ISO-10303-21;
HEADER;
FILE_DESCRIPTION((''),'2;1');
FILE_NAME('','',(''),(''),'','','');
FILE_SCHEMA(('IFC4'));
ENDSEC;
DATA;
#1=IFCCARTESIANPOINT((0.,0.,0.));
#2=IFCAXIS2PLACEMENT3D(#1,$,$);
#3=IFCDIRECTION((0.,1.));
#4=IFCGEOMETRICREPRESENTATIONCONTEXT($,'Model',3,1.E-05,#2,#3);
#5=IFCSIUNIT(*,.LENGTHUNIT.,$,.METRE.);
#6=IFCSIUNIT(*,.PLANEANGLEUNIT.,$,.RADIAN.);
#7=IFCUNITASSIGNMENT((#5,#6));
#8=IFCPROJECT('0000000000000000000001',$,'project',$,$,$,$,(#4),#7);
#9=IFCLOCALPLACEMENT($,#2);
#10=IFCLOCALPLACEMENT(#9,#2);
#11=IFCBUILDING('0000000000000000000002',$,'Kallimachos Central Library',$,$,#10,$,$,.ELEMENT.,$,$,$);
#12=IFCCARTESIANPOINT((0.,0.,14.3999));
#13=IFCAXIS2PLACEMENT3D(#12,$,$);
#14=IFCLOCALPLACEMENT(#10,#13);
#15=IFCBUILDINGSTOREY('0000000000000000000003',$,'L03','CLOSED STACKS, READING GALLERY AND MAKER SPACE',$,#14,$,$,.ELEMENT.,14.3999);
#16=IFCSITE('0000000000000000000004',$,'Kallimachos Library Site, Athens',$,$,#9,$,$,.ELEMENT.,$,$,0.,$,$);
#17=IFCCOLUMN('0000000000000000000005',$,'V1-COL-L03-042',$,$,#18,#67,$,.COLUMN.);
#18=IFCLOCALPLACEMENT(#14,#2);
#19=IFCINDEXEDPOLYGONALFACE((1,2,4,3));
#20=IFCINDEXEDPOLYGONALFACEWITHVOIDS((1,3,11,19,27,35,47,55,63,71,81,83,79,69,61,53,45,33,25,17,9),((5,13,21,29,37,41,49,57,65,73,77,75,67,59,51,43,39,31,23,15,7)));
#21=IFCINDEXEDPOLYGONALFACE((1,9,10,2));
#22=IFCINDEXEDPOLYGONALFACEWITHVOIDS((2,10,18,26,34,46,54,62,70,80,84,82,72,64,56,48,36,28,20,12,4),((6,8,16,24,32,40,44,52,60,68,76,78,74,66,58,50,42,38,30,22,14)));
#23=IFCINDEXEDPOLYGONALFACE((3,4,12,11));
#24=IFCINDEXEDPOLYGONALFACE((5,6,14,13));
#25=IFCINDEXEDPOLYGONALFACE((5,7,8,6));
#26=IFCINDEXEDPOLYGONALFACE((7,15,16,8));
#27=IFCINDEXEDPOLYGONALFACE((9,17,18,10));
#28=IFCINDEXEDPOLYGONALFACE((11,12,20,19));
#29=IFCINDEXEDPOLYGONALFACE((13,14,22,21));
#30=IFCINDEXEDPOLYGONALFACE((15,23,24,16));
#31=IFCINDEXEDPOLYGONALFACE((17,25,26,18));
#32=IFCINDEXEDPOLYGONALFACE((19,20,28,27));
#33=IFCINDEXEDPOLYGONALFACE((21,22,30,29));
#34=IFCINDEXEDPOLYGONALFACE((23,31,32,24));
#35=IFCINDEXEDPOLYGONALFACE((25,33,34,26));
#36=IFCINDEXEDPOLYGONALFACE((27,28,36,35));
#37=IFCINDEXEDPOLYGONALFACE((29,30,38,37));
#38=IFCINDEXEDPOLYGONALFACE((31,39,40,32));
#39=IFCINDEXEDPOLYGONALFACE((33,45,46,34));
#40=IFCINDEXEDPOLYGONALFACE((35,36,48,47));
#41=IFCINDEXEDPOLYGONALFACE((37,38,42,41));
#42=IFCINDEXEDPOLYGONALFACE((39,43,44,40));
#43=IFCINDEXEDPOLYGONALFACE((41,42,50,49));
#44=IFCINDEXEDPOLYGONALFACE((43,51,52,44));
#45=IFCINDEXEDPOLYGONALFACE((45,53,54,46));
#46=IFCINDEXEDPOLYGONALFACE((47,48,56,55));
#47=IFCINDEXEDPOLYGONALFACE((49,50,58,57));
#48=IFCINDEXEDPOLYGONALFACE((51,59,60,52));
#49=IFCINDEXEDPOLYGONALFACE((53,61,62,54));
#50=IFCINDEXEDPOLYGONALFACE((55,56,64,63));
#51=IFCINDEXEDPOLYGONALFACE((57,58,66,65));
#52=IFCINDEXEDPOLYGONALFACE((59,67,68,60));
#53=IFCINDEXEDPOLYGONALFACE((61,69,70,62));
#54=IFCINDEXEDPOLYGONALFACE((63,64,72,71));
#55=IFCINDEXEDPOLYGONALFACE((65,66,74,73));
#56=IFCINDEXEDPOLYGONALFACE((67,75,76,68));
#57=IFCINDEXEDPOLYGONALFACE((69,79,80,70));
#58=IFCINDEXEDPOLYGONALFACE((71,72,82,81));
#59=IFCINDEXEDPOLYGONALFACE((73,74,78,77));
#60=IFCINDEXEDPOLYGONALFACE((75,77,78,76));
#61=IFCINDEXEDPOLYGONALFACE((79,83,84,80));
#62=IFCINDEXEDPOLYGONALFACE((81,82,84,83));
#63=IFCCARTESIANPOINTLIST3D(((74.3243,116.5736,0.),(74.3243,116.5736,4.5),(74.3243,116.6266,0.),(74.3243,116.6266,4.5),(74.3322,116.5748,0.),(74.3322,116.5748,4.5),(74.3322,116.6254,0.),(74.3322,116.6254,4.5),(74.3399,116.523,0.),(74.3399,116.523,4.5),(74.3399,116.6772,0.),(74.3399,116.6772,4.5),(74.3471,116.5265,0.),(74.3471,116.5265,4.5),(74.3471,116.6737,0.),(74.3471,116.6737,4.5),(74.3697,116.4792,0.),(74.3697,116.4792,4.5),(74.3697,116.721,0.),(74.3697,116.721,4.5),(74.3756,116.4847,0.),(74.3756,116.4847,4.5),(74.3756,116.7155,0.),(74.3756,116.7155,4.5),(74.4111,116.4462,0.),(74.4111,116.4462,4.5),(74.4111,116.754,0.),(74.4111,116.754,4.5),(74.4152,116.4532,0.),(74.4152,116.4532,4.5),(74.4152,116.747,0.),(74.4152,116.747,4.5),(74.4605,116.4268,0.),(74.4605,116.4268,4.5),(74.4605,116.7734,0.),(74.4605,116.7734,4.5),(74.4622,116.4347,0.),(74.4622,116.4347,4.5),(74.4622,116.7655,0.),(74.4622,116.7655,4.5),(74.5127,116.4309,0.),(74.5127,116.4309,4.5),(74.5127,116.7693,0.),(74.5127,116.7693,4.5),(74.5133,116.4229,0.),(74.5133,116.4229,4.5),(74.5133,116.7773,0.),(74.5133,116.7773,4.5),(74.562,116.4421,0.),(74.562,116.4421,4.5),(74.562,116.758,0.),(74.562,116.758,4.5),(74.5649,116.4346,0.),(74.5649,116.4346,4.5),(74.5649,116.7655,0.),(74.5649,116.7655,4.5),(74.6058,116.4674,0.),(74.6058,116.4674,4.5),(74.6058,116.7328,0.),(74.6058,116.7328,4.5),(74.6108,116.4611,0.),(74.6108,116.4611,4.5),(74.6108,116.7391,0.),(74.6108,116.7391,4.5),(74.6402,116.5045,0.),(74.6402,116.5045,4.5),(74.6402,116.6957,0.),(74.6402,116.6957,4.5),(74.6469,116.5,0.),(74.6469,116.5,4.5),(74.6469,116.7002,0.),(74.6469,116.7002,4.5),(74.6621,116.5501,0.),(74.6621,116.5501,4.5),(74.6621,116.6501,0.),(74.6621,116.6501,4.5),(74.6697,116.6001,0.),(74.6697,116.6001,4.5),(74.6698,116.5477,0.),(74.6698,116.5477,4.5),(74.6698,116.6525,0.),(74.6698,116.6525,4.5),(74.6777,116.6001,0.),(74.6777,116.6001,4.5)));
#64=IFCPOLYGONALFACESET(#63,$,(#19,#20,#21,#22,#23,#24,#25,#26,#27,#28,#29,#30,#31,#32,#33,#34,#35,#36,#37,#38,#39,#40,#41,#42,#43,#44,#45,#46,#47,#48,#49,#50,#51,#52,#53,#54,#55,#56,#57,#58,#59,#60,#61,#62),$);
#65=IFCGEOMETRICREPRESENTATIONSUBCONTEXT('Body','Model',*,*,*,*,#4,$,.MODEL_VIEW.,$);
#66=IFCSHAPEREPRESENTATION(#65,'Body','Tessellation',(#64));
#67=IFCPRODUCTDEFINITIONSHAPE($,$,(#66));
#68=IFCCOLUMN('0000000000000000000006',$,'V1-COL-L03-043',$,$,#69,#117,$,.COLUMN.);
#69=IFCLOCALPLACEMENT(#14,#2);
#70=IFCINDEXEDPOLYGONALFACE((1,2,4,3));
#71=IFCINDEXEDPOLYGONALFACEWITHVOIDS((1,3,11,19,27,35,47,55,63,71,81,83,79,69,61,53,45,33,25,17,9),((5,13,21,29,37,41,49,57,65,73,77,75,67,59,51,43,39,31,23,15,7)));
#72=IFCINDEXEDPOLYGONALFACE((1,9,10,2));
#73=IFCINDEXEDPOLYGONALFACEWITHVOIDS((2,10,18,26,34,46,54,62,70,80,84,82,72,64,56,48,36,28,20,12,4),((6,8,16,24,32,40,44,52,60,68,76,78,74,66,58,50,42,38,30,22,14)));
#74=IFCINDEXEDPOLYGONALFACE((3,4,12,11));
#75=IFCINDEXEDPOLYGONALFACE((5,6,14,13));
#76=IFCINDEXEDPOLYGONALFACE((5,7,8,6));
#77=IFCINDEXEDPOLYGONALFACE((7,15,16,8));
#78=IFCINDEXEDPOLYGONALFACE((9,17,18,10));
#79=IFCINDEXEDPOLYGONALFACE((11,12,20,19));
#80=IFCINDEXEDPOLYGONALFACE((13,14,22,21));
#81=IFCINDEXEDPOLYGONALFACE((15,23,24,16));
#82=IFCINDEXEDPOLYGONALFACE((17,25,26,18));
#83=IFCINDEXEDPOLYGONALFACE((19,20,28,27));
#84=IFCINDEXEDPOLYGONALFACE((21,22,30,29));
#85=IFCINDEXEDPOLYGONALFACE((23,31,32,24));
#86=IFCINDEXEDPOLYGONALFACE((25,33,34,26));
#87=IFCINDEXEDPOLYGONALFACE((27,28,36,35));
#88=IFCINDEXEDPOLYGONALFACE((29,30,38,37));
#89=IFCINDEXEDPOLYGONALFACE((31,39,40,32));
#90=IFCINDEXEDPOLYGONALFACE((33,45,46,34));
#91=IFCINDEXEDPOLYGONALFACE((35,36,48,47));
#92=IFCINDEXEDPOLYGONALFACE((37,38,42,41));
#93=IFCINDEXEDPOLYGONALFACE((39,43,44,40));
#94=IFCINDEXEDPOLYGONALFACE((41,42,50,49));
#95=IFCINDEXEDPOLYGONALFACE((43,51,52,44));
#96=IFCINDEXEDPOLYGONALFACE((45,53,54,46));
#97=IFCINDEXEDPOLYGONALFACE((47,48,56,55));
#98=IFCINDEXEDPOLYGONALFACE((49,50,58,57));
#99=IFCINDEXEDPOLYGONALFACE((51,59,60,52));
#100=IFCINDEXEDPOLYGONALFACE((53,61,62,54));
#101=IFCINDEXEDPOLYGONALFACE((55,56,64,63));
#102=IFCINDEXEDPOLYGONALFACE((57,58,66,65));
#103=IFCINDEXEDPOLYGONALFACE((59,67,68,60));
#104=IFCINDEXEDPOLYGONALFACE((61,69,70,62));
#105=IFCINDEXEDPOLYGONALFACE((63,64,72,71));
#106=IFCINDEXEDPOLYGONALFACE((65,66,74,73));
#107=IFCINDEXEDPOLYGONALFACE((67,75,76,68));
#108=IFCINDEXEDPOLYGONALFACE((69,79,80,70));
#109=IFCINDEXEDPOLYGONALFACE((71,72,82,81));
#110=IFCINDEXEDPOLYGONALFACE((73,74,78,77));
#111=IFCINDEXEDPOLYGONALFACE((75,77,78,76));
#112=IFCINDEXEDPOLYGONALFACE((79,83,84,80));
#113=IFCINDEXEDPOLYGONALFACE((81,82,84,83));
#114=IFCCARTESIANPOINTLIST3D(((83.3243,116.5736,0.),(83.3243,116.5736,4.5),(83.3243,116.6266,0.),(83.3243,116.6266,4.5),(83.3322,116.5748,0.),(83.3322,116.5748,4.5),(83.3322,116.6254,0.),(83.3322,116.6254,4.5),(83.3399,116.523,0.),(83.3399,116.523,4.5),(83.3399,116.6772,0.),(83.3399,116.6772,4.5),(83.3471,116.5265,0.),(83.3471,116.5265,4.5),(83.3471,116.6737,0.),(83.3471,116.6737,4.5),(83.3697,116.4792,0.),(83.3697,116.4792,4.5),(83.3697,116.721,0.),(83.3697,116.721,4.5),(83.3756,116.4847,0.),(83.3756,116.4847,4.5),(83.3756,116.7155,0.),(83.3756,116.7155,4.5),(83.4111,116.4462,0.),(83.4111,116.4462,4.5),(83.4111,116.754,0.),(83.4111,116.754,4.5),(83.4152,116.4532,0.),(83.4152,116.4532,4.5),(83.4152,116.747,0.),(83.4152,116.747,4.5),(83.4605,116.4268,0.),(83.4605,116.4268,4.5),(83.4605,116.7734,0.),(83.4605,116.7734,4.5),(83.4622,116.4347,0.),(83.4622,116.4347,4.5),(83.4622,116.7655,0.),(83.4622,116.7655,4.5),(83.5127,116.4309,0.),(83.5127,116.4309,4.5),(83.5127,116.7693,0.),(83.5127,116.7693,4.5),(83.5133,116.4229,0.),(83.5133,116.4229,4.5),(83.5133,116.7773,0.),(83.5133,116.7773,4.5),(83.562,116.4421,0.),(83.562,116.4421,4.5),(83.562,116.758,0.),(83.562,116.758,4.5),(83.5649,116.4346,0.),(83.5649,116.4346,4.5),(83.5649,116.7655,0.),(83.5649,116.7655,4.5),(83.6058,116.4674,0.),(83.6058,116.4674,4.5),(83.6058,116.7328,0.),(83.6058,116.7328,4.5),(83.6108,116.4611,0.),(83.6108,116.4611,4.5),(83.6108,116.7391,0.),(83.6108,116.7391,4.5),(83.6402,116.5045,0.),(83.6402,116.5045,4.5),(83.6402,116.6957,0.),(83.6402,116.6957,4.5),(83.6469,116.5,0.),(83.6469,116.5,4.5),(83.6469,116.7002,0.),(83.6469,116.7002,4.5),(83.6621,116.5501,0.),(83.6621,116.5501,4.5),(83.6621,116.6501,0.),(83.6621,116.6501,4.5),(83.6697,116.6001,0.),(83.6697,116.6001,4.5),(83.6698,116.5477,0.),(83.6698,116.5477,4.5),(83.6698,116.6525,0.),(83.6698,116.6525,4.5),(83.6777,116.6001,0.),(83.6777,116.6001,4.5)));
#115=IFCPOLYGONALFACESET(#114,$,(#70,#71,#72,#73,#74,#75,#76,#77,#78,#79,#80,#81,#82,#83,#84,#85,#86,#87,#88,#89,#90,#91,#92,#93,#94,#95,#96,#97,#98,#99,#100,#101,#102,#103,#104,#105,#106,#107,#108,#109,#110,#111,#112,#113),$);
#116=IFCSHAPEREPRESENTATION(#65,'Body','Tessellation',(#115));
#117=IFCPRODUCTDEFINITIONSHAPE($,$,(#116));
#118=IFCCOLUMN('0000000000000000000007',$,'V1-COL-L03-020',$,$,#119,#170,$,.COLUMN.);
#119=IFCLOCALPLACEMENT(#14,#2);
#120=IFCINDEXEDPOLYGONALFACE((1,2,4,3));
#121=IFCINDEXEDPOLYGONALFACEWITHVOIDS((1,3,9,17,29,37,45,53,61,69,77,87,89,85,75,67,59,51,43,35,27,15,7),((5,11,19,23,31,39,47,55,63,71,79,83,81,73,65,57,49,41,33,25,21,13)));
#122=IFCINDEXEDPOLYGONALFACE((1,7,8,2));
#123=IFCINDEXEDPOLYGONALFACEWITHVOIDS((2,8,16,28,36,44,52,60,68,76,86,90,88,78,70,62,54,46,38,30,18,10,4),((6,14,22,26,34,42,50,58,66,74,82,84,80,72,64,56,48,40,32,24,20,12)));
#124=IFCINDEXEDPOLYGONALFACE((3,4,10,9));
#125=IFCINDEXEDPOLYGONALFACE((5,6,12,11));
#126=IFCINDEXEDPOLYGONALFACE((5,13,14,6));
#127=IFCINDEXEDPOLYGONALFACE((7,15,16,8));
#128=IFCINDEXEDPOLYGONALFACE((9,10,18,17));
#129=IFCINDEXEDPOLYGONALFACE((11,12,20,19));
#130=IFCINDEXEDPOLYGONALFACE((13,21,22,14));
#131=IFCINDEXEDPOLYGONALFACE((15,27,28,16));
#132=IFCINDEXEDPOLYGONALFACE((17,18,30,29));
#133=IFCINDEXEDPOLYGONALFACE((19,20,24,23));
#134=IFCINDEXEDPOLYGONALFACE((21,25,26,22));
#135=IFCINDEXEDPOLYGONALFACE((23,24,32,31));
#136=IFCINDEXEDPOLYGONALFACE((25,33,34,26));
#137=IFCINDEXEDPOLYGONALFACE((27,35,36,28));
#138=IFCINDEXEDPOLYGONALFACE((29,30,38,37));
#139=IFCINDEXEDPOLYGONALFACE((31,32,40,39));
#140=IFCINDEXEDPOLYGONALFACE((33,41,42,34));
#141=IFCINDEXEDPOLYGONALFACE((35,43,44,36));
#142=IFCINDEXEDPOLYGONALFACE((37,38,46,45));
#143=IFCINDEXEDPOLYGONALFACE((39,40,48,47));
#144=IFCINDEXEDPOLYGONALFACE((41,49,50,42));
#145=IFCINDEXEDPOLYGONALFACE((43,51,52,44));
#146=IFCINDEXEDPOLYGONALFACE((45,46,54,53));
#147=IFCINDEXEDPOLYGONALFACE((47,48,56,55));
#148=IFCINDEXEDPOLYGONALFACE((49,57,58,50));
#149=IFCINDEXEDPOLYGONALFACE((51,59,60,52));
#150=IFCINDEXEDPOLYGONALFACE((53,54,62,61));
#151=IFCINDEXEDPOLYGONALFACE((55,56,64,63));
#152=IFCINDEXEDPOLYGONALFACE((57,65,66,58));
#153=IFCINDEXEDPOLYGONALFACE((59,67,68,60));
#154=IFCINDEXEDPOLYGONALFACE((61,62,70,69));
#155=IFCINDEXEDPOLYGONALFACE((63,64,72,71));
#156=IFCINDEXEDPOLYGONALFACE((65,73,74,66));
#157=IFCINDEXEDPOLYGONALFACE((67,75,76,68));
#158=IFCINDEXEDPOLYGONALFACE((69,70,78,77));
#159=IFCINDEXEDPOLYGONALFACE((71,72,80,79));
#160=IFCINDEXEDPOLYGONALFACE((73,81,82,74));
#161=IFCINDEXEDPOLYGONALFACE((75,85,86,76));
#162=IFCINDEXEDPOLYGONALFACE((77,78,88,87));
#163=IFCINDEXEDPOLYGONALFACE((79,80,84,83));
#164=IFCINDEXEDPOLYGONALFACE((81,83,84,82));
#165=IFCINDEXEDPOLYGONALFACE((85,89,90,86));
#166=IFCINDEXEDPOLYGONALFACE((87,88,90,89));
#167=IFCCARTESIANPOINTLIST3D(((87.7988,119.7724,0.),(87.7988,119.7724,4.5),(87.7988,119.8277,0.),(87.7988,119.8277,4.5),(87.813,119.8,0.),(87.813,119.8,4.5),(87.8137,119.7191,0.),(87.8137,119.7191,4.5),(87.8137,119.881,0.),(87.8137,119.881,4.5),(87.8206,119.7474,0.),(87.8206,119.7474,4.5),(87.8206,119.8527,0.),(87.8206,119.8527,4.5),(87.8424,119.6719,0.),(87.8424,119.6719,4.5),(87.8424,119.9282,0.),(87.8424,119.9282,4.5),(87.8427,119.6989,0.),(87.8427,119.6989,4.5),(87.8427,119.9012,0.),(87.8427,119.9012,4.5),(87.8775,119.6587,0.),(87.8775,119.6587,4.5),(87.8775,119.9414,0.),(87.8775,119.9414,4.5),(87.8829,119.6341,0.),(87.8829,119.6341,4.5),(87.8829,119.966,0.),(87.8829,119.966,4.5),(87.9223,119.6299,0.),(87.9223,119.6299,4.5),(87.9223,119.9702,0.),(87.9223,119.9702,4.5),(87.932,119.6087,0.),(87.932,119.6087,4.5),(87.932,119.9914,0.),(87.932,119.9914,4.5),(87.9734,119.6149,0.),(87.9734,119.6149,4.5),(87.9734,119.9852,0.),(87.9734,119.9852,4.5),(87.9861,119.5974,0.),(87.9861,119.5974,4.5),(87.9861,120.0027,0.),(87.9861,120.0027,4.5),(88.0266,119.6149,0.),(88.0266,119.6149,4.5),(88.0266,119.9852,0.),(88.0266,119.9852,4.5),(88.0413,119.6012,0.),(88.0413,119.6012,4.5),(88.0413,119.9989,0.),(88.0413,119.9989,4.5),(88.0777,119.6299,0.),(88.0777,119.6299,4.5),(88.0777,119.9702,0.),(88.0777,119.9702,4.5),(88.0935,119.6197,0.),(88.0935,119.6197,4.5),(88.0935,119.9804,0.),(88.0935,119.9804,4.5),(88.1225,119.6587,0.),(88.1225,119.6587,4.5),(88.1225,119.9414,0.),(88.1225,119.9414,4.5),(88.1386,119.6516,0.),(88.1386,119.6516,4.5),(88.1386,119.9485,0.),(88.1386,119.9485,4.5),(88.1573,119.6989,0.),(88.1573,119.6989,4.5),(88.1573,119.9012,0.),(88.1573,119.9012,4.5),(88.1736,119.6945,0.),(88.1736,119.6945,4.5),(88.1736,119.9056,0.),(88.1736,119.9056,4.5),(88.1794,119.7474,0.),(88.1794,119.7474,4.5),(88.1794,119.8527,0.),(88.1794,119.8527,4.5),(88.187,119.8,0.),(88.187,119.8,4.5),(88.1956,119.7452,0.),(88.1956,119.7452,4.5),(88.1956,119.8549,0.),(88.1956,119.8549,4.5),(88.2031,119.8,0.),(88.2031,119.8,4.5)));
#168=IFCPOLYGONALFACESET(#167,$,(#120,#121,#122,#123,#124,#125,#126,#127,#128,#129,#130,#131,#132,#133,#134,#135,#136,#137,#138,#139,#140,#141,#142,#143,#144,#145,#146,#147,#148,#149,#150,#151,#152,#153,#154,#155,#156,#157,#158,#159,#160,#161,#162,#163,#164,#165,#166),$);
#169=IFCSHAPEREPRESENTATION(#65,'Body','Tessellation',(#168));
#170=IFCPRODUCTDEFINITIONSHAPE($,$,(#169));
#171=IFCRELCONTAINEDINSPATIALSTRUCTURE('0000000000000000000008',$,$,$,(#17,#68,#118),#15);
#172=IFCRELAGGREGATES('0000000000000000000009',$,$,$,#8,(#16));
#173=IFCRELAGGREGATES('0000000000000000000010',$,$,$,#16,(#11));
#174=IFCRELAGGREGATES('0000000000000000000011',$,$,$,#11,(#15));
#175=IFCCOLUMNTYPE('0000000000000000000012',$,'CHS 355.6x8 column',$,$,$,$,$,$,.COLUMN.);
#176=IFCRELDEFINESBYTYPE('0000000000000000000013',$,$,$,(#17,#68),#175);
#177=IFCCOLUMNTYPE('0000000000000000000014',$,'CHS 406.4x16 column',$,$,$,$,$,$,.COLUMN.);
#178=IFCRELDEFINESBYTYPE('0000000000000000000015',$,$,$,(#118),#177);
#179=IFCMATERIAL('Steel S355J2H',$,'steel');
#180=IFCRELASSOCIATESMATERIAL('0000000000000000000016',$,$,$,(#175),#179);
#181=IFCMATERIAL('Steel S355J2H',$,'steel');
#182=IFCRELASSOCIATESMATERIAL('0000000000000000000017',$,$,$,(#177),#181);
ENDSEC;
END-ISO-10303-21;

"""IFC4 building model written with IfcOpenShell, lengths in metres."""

from ifc_helpers import new_model, si_unit, direction, frame, origin, origin_2d, place, context, subcontext, project, spatial, hollow_circle, extrude, material, material_profile, profile_set, type_object, element, save


model = new_model("IFC4")

# Units and contexts
model_context = context("Model", 3, precision=1e-05, world=origin(), true_north=direction((0.0, 1.0)))
body_context = subcontext(model_context, "Body", "Model", "MODEL_VIEW")
ifc_project = project(units=[si_unit("LENGTHUNIT", "METRE"), si_unit("PLANEANGLEUNIT", "RADIAN")], contexts=[model_context])

# Site, building, storey
site_placement = place(None, origin())
site = spatial("IfcSite", under=ifc_project, at=site_placement, Name="Kallimachos Library Site, Athens", CompositionType="ELEMENT", RefElevation=0.0)
building_placement = place(site_placement, origin())
building = spatial("IfcBuilding", under=site, at=building_placement, Name="Kallimachos Central Library", CompositionType="ELEMENT")
storey_placement = place(building_placement, frame((0.0, 0.0, 14.3999)))
storey = spatial("IfcBuildingStorey", under=building, at=storey_placement, Name="L03", Description="CLOSED STACKS, READING GALLERY AND MAKER SPACE", CompositionType="ELEMENT", Elevation=14.3999)

# Columns
ifc_material_1 = material(Name="Steel S355J2H", Category="steel")
ifc_material_profile_1 = material_profile(ifc_material_1, hollow_circle(Radius=0.1777, WallThickness=0.0081, at=origin_2d()), Name="CHS 355.6x8")
ifc_profile_set_1 = profile_set([ifc_material_profile_1], Name="Steel S355J2H")
column_type_1 = type_object("IfcColumnType", Name="CHS 355.6x8 column", PredefinedType="COLUMN", material=ifc_profile_set_1)
for number, where, z_axis, x_axis, name in (
    (1, (74.5, 116.6001, 0.0), (0.0, 0.0, 1.0), (1.0, 0.0, 0.0), "V1-COL-L03-042"),
    (2, (83.5, 116.6001, 0.0), (0.0, 0.0, 1.0), (1.0, 0.0, 0.0), "V1-COL-L03-043"),
):
    element("IfcColumn", number, at=place(storey_placement, frame(where, z_axis=z_axis, x_axis=x_axis)), inside=storey, type_object=column_type_1, Name=name, PredefinedType="COLUMN", context=body_context, shape_type="SweptSolid", body=[
        extrude(hollow_circle(Radius=0.1777, WallThickness=0.0081, at=origin_2d()), origin(), (0.0, 0.0, 1.0), 4.5),
    ])
ifc_material_2 = material(Name="Steel S355J2H", Category="steel")
ifc_material_profile_2 = material_profile(ifc_material_2, hollow_circle(Radius=0.2031, WallThickness=0.0161, at=origin_2d()), Name="CHS 406.4x16")
ifc_profile_set_2 = profile_set([ifc_material_profile_2], Name="Steel S355J2H")
column_type_2 = type_object("IfcColumnType", Name="CHS 406.4x16 column", PredefinedType="COLUMN", material=ifc_profile_set_2)
for number, where, z_axis, x_axis, name in (
    (3, (88.0, 119.8, 0.0), (0.0, 0.0, 1.0), (1.0, 0.0, 0.0), "V1-COL-L03-020"),
):
    element("IfcColumn", number, at=place(storey_placement, frame(where, z_axis=z_axis, x_axis=x_axis)), inside=storey, type_object=column_type_2, Name=name, PredefinedType="COLUMN", context=body_context, shape_type="SweptSolid", body=[
        extrude(hollow_circle(Radius=0.2031, WallThickness=0.0161, at=origin_2d()), origin(), (0.0, 0.0, 1.0), 4.5),
    ])

save(model, "model.ifc")
